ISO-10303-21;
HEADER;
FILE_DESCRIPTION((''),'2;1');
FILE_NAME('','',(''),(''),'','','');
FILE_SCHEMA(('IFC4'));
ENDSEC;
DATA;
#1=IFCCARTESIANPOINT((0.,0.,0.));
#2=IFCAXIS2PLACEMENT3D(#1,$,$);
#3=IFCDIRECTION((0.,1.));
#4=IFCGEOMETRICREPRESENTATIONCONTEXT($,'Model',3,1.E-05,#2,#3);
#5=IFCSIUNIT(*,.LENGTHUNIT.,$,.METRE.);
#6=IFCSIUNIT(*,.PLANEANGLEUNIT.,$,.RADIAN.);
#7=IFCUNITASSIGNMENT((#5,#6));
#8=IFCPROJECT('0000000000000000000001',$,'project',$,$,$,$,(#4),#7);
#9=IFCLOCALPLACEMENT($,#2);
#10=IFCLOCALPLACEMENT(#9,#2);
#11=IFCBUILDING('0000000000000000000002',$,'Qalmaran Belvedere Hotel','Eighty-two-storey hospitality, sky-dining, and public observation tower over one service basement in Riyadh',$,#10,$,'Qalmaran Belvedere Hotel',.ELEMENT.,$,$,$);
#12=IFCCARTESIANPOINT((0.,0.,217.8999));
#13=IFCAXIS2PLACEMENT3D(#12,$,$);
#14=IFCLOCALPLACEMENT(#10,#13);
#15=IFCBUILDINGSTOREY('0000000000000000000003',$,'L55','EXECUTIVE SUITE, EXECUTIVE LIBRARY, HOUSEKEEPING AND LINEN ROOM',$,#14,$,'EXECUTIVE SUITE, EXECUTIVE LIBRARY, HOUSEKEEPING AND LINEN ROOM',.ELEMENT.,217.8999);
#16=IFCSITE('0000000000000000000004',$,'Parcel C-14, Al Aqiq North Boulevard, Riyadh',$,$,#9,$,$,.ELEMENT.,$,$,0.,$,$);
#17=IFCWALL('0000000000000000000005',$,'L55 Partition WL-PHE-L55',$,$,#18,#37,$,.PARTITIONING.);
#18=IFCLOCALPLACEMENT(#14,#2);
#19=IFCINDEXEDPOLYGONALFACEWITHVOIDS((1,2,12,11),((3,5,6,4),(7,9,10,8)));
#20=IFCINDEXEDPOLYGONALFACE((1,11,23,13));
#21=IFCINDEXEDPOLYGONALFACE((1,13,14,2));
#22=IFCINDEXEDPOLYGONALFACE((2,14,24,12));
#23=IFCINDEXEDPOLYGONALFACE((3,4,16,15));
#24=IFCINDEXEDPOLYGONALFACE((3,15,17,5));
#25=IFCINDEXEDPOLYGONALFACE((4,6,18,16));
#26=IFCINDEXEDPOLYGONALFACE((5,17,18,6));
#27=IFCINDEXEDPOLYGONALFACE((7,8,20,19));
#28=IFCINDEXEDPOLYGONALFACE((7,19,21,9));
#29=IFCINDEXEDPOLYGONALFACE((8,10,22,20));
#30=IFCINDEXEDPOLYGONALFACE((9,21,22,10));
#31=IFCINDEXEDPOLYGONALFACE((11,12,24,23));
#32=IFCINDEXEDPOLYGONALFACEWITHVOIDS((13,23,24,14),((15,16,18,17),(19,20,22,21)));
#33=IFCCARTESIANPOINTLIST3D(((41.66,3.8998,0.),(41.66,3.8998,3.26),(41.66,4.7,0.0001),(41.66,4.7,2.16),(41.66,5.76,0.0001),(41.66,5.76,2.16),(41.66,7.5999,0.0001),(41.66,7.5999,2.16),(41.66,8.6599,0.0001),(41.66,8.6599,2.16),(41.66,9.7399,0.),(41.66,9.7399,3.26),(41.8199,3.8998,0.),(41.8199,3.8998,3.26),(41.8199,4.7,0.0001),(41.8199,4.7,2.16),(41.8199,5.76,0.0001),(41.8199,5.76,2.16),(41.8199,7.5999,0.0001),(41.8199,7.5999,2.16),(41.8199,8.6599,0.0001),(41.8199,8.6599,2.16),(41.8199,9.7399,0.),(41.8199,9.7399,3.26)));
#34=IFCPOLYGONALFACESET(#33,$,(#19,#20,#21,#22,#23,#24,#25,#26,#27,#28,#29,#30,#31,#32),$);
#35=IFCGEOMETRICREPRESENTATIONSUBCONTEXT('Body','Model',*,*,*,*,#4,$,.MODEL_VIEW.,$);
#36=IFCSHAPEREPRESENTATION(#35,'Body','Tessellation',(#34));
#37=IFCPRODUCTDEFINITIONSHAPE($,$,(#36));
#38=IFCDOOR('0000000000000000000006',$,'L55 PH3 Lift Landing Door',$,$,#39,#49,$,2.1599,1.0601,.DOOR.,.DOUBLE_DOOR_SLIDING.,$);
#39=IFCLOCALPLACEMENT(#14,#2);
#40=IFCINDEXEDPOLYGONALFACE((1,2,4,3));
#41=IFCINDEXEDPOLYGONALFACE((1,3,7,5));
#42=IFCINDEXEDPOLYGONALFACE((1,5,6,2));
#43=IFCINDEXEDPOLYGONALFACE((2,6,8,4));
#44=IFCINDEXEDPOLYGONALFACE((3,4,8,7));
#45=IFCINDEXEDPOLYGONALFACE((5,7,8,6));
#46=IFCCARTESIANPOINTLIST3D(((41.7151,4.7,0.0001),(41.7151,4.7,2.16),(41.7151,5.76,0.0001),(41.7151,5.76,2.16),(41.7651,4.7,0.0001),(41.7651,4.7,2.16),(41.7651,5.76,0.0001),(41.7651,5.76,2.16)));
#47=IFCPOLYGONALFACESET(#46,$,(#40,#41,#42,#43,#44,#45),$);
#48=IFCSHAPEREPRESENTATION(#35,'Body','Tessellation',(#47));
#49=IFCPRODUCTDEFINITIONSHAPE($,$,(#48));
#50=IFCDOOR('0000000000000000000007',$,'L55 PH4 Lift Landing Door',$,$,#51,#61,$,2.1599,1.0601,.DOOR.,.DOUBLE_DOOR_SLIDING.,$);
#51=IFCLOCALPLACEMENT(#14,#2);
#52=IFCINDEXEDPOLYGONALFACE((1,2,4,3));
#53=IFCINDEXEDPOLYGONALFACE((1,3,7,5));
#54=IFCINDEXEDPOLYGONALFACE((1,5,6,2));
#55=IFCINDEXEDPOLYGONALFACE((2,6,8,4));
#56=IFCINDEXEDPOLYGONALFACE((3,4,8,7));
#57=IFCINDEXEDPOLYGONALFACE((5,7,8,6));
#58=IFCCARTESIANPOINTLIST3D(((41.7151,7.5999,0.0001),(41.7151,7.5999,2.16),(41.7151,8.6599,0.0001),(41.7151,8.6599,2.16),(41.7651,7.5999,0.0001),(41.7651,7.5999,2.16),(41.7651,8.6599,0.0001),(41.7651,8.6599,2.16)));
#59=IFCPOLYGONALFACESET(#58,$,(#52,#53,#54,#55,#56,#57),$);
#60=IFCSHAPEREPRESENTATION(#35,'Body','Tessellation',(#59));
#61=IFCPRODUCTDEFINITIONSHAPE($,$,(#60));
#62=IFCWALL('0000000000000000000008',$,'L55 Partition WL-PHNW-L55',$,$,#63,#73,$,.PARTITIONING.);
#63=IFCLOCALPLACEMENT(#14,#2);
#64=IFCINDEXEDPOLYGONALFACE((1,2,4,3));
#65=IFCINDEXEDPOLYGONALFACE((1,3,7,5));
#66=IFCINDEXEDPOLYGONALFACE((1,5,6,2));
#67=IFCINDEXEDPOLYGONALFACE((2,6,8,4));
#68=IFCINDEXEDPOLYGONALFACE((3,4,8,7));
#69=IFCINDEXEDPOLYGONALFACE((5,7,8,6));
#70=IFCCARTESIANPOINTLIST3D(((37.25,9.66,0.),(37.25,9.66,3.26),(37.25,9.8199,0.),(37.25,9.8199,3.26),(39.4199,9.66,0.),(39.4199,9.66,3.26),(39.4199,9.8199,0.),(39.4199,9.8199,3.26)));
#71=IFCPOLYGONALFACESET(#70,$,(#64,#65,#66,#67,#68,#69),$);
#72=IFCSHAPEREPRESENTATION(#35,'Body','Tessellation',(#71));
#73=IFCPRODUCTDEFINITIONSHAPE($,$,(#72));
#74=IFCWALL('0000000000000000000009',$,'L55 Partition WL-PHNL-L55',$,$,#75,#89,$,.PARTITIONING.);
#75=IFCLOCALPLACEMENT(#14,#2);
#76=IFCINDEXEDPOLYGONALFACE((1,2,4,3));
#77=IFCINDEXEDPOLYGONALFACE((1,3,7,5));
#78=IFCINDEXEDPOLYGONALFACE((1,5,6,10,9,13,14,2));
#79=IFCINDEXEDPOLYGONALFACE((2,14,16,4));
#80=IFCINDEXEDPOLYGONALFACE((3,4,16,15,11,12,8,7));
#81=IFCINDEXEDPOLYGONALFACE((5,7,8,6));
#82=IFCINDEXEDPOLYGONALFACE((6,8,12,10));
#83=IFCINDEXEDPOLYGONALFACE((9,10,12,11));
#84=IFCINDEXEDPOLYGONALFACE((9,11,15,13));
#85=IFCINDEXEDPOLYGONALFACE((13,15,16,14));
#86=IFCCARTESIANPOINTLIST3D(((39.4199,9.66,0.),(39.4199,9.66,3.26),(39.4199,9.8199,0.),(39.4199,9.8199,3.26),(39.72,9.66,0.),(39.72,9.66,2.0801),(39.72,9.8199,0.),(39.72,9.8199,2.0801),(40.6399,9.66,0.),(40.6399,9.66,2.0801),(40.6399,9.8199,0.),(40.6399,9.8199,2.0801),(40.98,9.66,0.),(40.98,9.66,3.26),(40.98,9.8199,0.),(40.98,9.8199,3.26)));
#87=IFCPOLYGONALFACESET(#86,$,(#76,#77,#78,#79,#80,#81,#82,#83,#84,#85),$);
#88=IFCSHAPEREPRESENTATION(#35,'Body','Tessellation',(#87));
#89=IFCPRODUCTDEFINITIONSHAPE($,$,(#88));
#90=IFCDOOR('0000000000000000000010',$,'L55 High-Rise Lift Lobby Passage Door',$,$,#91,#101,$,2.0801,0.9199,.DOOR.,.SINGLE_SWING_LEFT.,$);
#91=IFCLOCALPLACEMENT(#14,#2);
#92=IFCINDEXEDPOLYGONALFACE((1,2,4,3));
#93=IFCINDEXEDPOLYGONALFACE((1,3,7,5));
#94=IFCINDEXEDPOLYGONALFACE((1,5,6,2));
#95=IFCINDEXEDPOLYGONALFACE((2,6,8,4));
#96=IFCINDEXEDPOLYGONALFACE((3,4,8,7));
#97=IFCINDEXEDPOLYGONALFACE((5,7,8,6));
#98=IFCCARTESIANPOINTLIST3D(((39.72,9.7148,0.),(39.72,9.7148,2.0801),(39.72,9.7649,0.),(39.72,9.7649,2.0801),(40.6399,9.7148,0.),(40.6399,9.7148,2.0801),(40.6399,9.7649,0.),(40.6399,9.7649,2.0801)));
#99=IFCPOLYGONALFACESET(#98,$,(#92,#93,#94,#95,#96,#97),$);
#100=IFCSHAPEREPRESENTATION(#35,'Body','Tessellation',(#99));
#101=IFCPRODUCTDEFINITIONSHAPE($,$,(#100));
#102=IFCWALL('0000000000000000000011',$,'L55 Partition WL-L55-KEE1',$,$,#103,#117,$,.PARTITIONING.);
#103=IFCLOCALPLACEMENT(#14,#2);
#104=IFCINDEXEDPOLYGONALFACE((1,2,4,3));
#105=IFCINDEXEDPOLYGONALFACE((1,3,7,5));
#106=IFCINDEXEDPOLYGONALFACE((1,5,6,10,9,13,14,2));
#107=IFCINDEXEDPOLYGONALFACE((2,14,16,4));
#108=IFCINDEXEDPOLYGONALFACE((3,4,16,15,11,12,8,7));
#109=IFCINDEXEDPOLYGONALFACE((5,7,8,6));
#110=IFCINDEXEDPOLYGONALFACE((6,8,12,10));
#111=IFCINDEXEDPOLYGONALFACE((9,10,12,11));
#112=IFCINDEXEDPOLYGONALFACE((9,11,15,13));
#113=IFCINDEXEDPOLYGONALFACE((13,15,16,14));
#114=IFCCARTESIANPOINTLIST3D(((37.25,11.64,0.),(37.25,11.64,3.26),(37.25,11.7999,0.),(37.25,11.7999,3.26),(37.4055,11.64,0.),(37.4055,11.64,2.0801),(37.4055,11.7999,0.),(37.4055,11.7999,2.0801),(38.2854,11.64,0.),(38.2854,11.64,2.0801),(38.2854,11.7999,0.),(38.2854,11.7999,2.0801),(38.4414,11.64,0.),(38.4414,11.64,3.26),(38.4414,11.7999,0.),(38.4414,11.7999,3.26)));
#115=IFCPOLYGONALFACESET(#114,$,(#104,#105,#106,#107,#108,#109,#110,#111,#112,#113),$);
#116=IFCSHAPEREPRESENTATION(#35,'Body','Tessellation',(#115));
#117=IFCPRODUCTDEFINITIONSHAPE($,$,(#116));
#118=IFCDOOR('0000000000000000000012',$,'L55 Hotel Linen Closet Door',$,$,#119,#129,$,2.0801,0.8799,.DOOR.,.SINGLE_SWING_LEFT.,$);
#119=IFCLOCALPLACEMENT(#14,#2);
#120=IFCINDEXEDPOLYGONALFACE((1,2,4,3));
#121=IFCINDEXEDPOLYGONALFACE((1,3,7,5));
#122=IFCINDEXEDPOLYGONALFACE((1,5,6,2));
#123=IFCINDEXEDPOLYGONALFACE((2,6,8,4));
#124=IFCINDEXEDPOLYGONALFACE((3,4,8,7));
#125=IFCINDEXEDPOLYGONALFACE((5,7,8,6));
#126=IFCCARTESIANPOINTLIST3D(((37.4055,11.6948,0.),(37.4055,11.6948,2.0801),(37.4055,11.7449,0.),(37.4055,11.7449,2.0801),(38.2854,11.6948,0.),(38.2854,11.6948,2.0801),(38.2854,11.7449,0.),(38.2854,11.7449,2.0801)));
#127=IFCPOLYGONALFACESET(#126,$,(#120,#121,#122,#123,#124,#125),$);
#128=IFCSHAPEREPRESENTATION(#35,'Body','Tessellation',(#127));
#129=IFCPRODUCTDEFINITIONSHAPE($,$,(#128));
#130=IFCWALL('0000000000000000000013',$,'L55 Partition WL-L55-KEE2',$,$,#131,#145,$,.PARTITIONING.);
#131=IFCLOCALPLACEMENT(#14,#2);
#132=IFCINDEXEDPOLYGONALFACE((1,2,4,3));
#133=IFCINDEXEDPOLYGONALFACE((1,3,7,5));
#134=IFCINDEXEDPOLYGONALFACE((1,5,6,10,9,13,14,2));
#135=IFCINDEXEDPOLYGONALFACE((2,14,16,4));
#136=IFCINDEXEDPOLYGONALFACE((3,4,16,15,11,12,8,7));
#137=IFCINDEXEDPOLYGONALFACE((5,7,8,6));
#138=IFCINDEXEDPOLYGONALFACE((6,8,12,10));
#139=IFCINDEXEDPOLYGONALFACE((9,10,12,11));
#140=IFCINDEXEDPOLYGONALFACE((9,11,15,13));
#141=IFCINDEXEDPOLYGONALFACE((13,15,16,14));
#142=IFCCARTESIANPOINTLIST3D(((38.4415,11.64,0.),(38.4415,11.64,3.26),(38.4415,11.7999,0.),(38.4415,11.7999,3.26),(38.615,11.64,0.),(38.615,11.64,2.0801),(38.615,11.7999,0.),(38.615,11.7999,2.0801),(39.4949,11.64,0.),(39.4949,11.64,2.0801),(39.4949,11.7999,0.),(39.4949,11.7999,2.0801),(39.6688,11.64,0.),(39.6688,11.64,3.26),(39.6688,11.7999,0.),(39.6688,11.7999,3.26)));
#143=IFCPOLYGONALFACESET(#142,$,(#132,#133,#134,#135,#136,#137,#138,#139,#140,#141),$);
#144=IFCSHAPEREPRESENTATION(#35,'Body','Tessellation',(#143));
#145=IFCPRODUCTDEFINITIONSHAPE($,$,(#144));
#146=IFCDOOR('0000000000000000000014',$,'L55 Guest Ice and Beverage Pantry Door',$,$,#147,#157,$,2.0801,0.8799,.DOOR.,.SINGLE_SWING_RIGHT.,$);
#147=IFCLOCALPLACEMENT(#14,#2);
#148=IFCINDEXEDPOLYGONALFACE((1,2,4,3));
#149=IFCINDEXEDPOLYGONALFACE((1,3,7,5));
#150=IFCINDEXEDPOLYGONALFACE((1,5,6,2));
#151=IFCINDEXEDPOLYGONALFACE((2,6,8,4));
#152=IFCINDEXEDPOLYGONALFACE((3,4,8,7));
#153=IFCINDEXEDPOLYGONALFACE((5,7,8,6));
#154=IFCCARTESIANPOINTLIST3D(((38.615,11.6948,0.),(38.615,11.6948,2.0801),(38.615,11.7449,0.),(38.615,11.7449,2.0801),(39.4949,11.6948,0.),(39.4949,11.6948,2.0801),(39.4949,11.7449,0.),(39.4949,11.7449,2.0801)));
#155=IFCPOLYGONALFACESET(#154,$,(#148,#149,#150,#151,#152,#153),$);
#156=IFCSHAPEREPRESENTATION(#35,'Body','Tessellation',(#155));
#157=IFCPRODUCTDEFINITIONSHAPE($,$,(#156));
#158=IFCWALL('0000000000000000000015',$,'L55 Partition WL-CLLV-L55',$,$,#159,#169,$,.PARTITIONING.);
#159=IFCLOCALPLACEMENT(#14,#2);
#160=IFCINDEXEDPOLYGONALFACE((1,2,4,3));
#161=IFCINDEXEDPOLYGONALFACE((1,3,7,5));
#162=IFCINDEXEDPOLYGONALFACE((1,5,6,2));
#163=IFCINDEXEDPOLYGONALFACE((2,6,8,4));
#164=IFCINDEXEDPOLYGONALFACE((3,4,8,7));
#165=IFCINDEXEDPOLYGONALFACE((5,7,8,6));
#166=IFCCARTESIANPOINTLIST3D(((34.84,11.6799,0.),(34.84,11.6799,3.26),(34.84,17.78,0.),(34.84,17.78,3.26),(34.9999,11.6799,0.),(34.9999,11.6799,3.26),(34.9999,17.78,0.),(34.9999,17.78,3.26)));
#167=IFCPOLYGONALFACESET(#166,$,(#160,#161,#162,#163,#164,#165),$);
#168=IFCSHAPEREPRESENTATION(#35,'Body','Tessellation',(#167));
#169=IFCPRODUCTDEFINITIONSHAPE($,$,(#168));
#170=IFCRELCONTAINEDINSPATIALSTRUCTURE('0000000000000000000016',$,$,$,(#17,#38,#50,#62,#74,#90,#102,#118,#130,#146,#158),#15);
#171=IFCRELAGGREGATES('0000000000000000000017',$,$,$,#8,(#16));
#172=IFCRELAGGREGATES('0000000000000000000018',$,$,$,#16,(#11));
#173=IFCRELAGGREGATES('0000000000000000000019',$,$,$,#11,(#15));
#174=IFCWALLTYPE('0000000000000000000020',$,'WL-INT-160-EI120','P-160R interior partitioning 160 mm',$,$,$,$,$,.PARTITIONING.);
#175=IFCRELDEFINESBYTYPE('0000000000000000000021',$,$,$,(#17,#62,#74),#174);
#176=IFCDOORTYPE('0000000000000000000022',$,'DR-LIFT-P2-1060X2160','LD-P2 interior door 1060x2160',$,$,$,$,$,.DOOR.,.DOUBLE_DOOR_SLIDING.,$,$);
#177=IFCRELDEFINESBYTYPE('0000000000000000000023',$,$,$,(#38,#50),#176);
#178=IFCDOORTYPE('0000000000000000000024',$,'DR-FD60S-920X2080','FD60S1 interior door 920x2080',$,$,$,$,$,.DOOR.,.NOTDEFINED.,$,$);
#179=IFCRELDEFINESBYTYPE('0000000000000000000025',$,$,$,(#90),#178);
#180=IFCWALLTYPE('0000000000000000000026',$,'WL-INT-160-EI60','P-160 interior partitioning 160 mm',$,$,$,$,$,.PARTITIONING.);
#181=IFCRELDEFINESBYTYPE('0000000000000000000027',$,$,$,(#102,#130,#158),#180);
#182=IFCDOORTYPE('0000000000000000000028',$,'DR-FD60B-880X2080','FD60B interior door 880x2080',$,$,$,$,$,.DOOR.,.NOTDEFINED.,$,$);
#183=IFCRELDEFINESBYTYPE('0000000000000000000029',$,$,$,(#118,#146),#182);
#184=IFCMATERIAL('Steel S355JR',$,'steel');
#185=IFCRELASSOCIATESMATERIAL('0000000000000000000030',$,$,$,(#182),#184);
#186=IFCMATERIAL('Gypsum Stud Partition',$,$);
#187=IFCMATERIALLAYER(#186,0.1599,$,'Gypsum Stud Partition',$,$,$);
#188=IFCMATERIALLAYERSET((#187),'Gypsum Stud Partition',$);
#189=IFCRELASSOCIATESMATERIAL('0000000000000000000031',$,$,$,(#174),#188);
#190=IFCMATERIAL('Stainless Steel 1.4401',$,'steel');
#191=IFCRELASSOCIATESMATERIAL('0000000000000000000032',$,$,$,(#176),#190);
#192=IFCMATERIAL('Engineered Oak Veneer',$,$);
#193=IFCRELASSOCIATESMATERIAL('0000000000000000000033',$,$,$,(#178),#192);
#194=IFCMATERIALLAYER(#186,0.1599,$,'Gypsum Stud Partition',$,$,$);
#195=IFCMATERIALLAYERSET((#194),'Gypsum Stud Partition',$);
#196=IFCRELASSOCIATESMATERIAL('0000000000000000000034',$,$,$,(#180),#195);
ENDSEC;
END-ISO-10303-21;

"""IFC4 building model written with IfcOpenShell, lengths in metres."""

from ifc_helpers import new_model, si_unit, direction, frame, frame_2d, origin, place, context, subcontext, project, spatial, rectangle, extrude, material, layer, layer_set, type_object, element, fill, save


model = new_model("IFC4")

# Units and contexts
model_context = context("Model", 3, precision=1e-05, world=origin(), true_north=direction((0.0, 1.0)))
body_context = subcontext(model_context, "Body", "Model", "MODEL_VIEW")
ifc_project = project(units=[si_unit("LENGTHUNIT", "METRE"), si_unit("PLANEANGLEUNIT", "RADIAN")], contexts=[model_context])

# Site, building, storey
site_placement = place(None, origin())
site = spatial("IfcSite", under=ifc_project, at=site_placement, Name="Parcel C-14, Al Aqiq North Boulevard, Riyadh", CompositionType="ELEMENT", RefElevation=0.0)
building_placement = place(site_placement, origin())
building = spatial("IfcBuilding", under=site, at=building_placement, Name="Qalmaran Belvedere Hotel", Description="Eighty-two-storey hospitality, sky-dining, and public observation tower over one service basement in Riyadh", LongName="Qalmaran Belvedere Hotel", CompositionType="ELEMENT")
storey_placement = place(building_placement, frame((0.0, 0.0, 217.8999)))
storey = spatial("IfcBuildingStorey", under=building, at=storey_placement, Name="L55", Description="EXECUTIVE SUITE, EXECUTIVE LIBRARY, HOUSEKEEPING AND LINEN ROOM", LongName="EXECUTIVE SUITE, EXECUTIVE LIBRARY, HOUSEKEEPING AND LINEN ROOM", CompositionType="ELEMENT", Elevation=217.8999)

# Shared definitions
ifc_material_1 = material(Name="Steel S355JR", Category="steel")

# Shared definitions
ifc_material_2 = material(Name="Gypsum Stud Partition")

# Shared definitions
door_type_1 = type_object("IfcDoorType", Name="DR-FD60B-880X2080", Description="FD60B interior door 880x2080", OperationType="NOTDEFINED", PredefinedType="DOOR", material=ifc_material_1)

# Wall, openings, doors
ifc_layer_1 = layer(ifc_material_2, 0.1599, Name="Gypsum Stud Partition")
ifc_layer_set_1 = layer_set([ifc_layer_1], Name="Gypsum Stud Partition")
wall_type_1 = type_object("IfcWallType", Name="WL-INT-160-EI120", Description="P-160R interior partitioning 160 mm", PredefinedType="PARTITIONING", material=ifc_layer_set_1)
ifc_material_3 = material(Name="Stainless Steel 1.4401", Category="steel")
door_type_2 = type_object("IfcDoorType", Name="DR-LIFT-P2-1060X2160", Description="LD-P2 interior door 1060x2160", OperationType="DOUBLE_DOOR_SLIDING", PredefinedType="DOOR", material=ifc_material_3)
wall_1_placement = place(storey_placement, frame((41.74, 3.8999, 0.0), z_axis=(0.0, 0.0, 1.0), x_axis=(0.0, 1.0, 0.0)))
wall_1 = element("IfcWall", 1, at=wall_1_placement, inside=storey, type_object=wall_type_1, Name="L55 Partition WL-PHE-L55", PredefinedType="PARTITIONING", context=body_context, shape_type="SweptSolid", body=[
    extrude(rectangle(XDim=5.8401, YDim=0.1599, at=frame_2d((2.9199, 0.0))), origin(), (0.0, 0.0, 1.0), 3.26),
])
opening_1_placement = place(wall_1_placement, frame((0.8, 0.0, 0.0)))
opening_1 = element("IfcOpeningElement", 2, at=opening_1_placement, cuts=wall_1, PredefinedType="OPENING", context=body_context, shape_type="SweptSolid", body=[
    extrude(rectangle(XDim=1.0601, YDim=2.1599, at=frame_2d((0.53, 1.0801))), frame((0.0, 0.0898, 0.0), z_axis=(0.0, -1.0, 0.0), x_axis=(1.0, 0.0, 0.0)), (0.0, 0.0, 1.0), 0.1799),
])
opening_2_placement = place(wall_1_placement, frame((3.7, 0.0, 0.0)))
opening_2 = element("IfcOpeningElement", 3, at=opening_2_placement, cuts=wall_1, PredefinedType="OPENING", context=body_context, shape_type="SweptSolid", body=[
    extrude(rectangle(XDim=1.0601, YDim=2.1599, at=frame_2d((0.53, 1.0801))), frame((0.0, 0.0898, 0.0), z_axis=(0.0, -1.0, 0.0), x_axis=(1.0, 0.0, 0.0)), (0.0, 0.0, 1.0), 0.1799),
])
door_1_placement = place(opening_1_placement, origin())
door_1 = element("IfcDoor", 4, at=door_1_placement, inside=storey, type_object=door_type_2, Name="L55 PH3 Lift Landing Door", OperationType="DOUBLE_DOOR_SLIDING", OverallHeight=2.1599, OverallWidth=1.0601, PredefinedType="DOOR", context=body_context, shape_type="SweptSolid", body=[
    extrude(rectangle(XDim=1.0601, YDim=2.1599, at=frame_2d((0.53, 1.0801))), frame((0.0, 0.0249, 0.0), z_axis=(0.0, -1.0, 0.0), x_axis=(1.0, 0.0, 0.0)), (0.0, 0.0, 1.0), 0.05),
])
fill(opening_1, door_1)
door_2_placement = place(opening_2_placement, origin())
door_2 = element("IfcDoor", 5, at=door_2_placement, inside=storey, type_object=door_type_2, Name="L55 PH4 Lift Landing Door", OperationType="DOUBLE_DOOR_SLIDING", OverallHeight=2.1599, OverallWidth=1.0601, PredefinedType="DOOR", context=body_context, shape_type="SweptSolid", body=[
    extrude(rectangle(XDim=1.0601, YDim=2.1599, at=frame_2d((0.53, 1.0801))), frame((0.0, 0.0249, 0.0), z_axis=(0.0, -1.0, 0.0), x_axis=(1.0, 0.0, 0.0)), (0.0, 0.0, 1.0), 0.05),
])
fill(opening_2, door_2)

# Wall
wall_2_placement = place(storey_placement, frame((37.25, 9.74, 0.0), z_axis=(0.0, 0.0, 1.0), x_axis=(1.0, 0.0, 0.0)))
element("IfcWall", 6, at=wall_2_placement, inside=storey, type_object=wall_type_1, Name="L55 Partition WL-PHNW-L55", PredefinedType="PARTITIONING", context=body_context, shape_type="SweptSolid", body=[
    extrude(rectangle(XDim=2.1699, YDim=0.1599, at=frame_2d((1.085, 0.0))), origin(), (0.0, 0.0, 1.0), 3.26),
])

# Walls, openings, doors
wall_3_placement = place(storey_placement, frame((39.4199, 9.74, 0.0), z_axis=(0.0, 0.0, 1.0), x_axis=(1.0, 0.0, 0.0)))
wall_3 = element("IfcWall", 7, at=wall_3_placement, inside=storey, type_object=wall_type_1, Name="L55 Partition WL-PHNL-L55", PredefinedType="PARTITIONING", context=body_context, shape_type="SweptSolid", body=[
    extrude(rectangle(XDim=1.5601, YDim=0.1599, at=frame_2d((0.78, 0.0))), origin(), (0.0, 0.0, 1.0), 3.26),
])
opening_3_placement = place(wall_3_placement, frame((0.3, 0.0, 0.0)))
opening_3 = element("IfcOpeningElement", 8, at=opening_3_placement, cuts=wall_3, PredefinedType="OPENING", context=body_context, shape_type="SweptSolid", body=[
    extrude(rectangle(XDim=0.9199, YDim=2.0801, at=frame_2d((0.46, 1.04))), frame((0.0, 0.0898, 0.0), z_axis=(0.0, -1.0, 0.0), x_axis=(1.0, 0.0, 0.0)), (0.0, 0.0, 1.0), 0.1799),
])
ifc_material_4 = material(Name="Engineered Oak Veneer")
door_type_3 = type_object("IfcDoorType", Name="DR-FD60S-920X2080", Description="FD60S1 interior door 920x2080", OperationType="NOTDEFINED", PredefinedType="DOOR", material=ifc_material_4)
door_3_placement = place(opening_3_placement, origin())
door_3 = element("IfcDoor", 9, at=door_3_placement, inside=storey, type_object=door_type_3, Name="L55 High-Rise Lift Lobby Passage Door", OperationType="SINGLE_SWING_LEFT", OverallHeight=2.0801, OverallWidth=0.9199, PredefinedType="DOOR", context=body_context, shape_type="SweptSolid", body=[
    extrude(rectangle(XDim=0.9199, YDim=2.0801, at=frame_2d((0.46, 1.04))), frame((0.0, 0.0249, 0.0), z_axis=(0.0, -1.0, 0.0), x_axis=(1.0, 0.0, 0.0)), (0.0, 0.0, 1.0), 0.05),
])
fill(opening_3, door_3)
ifc_layer_2 = layer(ifc_material_2, 0.1599, Name="Gypsum Stud Partition")
ifc_layer_set_2 = layer_set([ifc_layer_2], Name="Gypsum Stud Partition")
wall_type_2 = type_object("IfcWallType", Name="WL-INT-160-EI60", Description="P-160 interior partitioning 160 mm", PredefinedType="PARTITIONING", material=ifc_layer_set_2)
wall_4_placement = place(storey_placement, frame((37.25, 11.72, 0.0), z_axis=(0.0, 0.0, 1.0), x_axis=(1.0, 0.0, 0.0)))
wall_4 = element("IfcWall", 10, at=wall_4_placement, inside=storey, type_object=wall_type_2, Name="L55 Partition WL-L55-KEE1", PredefinedType="PARTITIONING", context=body_context, shape_type="SweptSolid", body=[
    extrude(rectangle(XDim=1.1914, YDim=0.1599, at=frame_2d((0.5957, 0.0))), origin(), (0.0, 0.0, 1.0), 3.26),
])
opening_4_placement = place(wall_4_placement, frame((0.1555, 0.0, 0.0)))
opening_4 = element("IfcOpeningElement", 11, at=opening_4_placement, cuts=wall_4, PredefinedType="OPENING", context=body_context, shape_type="SweptSolid", body=[
    extrude(rectangle(XDim=0.8799, YDim=2.0801, at=frame_2d((0.4399, 1.04))), frame((0.0, 0.0898, 0.0), z_axis=(0.0, -1.0, 0.0), x_axis=(1.0, 0.0, 0.0)), (0.0, 0.0, 1.0), 0.1799),
])
door_4_placement = place(opening_4_placement, origin())
door_4 = element("IfcDoor", 12, at=door_4_placement, inside=storey, type_object=door_type_1, Name="L55 Hotel Linen Closet Door", OperationType="SINGLE_SWING_LEFT", OverallHeight=2.0801, OverallWidth=0.8799, PredefinedType="DOOR", context=body_context, shape_type="SweptSolid", body=[
    extrude(rectangle(XDim=0.8799, YDim=2.0801, at=frame_2d((0.4399, 1.04))), frame((0.0, 0.0249, 0.0), z_axis=(0.0, -1.0, 0.0), x_axis=(1.0, 0.0, 0.0)), (0.0, 0.0, 1.0), 0.05),
])
fill(opening_4, door_4)
wall_5_placement = place(storey_placement, frame((38.4414, 11.72, 0.0), z_axis=(0.0, 0.0, 1.0), x_axis=(1.0, 0.0, 0.0)))
wall_5 = element("IfcWall", 13, at=wall_5_placement, inside=storey, type_object=wall_type_2, Name="L55 Partition WL-L55-KEE2", PredefinedType="PARTITIONING", context=body_context, shape_type="SweptSolid", body=[
    extrude(rectangle(XDim=1.2273, YDim=0.1599, at=frame_2d((0.6138, 0.0))), origin(), (0.0, 0.0, 1.0), 3.26),
])
opening_5_placement = place(wall_5_placement, frame((0.1736, 0.0, 0.0)))
opening_5 = element("IfcOpeningElement", 14, at=opening_5_placement, cuts=wall_5, PredefinedType="OPENING", context=body_context, shape_type="SweptSolid", body=[
    extrude(rectangle(XDim=0.8799, YDim=2.0801, at=frame_2d((0.4399, 1.04))), frame((0.0, 0.0898, 0.0), z_axis=(0.0, -1.0, 0.0), x_axis=(1.0, 0.0, 0.0)), (0.0, 0.0, 1.0), 0.1799),
])
door_5_placement = place(opening_5_placement, origin())
door_5 = element("IfcDoor", 15, at=door_5_placement, inside=storey, type_object=door_type_1, Name="L55 Guest Ice and Beverage Pantry Door", OperationType="SINGLE_SWING_RIGHT", OverallHeight=2.0801, OverallWidth=0.8799, PredefinedType="DOOR", context=body_context, shape_type="SweptSolid", body=[
    extrude(rectangle(XDim=0.8799, YDim=2.0801, at=frame_2d((0.4399, 1.04))), frame((0.0, 0.0249, 0.0), z_axis=(0.0, -1.0, 0.0), x_axis=(1.0, 0.0, 0.0)), (0.0, 0.0, 1.0), 0.05),
])
fill(opening_5, door_5)

# Wall
wall_6_placement = place(storey_placement, frame((34.9199, 11.6799, 0.0), z_axis=(0.0, 0.0, 1.0), x_axis=(0.0, 1.0, 0.0)))
element("IfcWall", 16, at=wall_6_placement, inside=storey, type_object=wall_type_2, Name="L55 Partition WL-CLLV-L55", PredefinedType="PARTITIONING", context=body_context, shape_type="SweptSolid", body=[
    extrude(rectangle(XDim=6.1001, YDim=0.1599, at=frame_2d((3.05, 0.0))), origin(), (0.0, 0.0, 1.0), 3.26),
])

save(model, "model.ifc")
